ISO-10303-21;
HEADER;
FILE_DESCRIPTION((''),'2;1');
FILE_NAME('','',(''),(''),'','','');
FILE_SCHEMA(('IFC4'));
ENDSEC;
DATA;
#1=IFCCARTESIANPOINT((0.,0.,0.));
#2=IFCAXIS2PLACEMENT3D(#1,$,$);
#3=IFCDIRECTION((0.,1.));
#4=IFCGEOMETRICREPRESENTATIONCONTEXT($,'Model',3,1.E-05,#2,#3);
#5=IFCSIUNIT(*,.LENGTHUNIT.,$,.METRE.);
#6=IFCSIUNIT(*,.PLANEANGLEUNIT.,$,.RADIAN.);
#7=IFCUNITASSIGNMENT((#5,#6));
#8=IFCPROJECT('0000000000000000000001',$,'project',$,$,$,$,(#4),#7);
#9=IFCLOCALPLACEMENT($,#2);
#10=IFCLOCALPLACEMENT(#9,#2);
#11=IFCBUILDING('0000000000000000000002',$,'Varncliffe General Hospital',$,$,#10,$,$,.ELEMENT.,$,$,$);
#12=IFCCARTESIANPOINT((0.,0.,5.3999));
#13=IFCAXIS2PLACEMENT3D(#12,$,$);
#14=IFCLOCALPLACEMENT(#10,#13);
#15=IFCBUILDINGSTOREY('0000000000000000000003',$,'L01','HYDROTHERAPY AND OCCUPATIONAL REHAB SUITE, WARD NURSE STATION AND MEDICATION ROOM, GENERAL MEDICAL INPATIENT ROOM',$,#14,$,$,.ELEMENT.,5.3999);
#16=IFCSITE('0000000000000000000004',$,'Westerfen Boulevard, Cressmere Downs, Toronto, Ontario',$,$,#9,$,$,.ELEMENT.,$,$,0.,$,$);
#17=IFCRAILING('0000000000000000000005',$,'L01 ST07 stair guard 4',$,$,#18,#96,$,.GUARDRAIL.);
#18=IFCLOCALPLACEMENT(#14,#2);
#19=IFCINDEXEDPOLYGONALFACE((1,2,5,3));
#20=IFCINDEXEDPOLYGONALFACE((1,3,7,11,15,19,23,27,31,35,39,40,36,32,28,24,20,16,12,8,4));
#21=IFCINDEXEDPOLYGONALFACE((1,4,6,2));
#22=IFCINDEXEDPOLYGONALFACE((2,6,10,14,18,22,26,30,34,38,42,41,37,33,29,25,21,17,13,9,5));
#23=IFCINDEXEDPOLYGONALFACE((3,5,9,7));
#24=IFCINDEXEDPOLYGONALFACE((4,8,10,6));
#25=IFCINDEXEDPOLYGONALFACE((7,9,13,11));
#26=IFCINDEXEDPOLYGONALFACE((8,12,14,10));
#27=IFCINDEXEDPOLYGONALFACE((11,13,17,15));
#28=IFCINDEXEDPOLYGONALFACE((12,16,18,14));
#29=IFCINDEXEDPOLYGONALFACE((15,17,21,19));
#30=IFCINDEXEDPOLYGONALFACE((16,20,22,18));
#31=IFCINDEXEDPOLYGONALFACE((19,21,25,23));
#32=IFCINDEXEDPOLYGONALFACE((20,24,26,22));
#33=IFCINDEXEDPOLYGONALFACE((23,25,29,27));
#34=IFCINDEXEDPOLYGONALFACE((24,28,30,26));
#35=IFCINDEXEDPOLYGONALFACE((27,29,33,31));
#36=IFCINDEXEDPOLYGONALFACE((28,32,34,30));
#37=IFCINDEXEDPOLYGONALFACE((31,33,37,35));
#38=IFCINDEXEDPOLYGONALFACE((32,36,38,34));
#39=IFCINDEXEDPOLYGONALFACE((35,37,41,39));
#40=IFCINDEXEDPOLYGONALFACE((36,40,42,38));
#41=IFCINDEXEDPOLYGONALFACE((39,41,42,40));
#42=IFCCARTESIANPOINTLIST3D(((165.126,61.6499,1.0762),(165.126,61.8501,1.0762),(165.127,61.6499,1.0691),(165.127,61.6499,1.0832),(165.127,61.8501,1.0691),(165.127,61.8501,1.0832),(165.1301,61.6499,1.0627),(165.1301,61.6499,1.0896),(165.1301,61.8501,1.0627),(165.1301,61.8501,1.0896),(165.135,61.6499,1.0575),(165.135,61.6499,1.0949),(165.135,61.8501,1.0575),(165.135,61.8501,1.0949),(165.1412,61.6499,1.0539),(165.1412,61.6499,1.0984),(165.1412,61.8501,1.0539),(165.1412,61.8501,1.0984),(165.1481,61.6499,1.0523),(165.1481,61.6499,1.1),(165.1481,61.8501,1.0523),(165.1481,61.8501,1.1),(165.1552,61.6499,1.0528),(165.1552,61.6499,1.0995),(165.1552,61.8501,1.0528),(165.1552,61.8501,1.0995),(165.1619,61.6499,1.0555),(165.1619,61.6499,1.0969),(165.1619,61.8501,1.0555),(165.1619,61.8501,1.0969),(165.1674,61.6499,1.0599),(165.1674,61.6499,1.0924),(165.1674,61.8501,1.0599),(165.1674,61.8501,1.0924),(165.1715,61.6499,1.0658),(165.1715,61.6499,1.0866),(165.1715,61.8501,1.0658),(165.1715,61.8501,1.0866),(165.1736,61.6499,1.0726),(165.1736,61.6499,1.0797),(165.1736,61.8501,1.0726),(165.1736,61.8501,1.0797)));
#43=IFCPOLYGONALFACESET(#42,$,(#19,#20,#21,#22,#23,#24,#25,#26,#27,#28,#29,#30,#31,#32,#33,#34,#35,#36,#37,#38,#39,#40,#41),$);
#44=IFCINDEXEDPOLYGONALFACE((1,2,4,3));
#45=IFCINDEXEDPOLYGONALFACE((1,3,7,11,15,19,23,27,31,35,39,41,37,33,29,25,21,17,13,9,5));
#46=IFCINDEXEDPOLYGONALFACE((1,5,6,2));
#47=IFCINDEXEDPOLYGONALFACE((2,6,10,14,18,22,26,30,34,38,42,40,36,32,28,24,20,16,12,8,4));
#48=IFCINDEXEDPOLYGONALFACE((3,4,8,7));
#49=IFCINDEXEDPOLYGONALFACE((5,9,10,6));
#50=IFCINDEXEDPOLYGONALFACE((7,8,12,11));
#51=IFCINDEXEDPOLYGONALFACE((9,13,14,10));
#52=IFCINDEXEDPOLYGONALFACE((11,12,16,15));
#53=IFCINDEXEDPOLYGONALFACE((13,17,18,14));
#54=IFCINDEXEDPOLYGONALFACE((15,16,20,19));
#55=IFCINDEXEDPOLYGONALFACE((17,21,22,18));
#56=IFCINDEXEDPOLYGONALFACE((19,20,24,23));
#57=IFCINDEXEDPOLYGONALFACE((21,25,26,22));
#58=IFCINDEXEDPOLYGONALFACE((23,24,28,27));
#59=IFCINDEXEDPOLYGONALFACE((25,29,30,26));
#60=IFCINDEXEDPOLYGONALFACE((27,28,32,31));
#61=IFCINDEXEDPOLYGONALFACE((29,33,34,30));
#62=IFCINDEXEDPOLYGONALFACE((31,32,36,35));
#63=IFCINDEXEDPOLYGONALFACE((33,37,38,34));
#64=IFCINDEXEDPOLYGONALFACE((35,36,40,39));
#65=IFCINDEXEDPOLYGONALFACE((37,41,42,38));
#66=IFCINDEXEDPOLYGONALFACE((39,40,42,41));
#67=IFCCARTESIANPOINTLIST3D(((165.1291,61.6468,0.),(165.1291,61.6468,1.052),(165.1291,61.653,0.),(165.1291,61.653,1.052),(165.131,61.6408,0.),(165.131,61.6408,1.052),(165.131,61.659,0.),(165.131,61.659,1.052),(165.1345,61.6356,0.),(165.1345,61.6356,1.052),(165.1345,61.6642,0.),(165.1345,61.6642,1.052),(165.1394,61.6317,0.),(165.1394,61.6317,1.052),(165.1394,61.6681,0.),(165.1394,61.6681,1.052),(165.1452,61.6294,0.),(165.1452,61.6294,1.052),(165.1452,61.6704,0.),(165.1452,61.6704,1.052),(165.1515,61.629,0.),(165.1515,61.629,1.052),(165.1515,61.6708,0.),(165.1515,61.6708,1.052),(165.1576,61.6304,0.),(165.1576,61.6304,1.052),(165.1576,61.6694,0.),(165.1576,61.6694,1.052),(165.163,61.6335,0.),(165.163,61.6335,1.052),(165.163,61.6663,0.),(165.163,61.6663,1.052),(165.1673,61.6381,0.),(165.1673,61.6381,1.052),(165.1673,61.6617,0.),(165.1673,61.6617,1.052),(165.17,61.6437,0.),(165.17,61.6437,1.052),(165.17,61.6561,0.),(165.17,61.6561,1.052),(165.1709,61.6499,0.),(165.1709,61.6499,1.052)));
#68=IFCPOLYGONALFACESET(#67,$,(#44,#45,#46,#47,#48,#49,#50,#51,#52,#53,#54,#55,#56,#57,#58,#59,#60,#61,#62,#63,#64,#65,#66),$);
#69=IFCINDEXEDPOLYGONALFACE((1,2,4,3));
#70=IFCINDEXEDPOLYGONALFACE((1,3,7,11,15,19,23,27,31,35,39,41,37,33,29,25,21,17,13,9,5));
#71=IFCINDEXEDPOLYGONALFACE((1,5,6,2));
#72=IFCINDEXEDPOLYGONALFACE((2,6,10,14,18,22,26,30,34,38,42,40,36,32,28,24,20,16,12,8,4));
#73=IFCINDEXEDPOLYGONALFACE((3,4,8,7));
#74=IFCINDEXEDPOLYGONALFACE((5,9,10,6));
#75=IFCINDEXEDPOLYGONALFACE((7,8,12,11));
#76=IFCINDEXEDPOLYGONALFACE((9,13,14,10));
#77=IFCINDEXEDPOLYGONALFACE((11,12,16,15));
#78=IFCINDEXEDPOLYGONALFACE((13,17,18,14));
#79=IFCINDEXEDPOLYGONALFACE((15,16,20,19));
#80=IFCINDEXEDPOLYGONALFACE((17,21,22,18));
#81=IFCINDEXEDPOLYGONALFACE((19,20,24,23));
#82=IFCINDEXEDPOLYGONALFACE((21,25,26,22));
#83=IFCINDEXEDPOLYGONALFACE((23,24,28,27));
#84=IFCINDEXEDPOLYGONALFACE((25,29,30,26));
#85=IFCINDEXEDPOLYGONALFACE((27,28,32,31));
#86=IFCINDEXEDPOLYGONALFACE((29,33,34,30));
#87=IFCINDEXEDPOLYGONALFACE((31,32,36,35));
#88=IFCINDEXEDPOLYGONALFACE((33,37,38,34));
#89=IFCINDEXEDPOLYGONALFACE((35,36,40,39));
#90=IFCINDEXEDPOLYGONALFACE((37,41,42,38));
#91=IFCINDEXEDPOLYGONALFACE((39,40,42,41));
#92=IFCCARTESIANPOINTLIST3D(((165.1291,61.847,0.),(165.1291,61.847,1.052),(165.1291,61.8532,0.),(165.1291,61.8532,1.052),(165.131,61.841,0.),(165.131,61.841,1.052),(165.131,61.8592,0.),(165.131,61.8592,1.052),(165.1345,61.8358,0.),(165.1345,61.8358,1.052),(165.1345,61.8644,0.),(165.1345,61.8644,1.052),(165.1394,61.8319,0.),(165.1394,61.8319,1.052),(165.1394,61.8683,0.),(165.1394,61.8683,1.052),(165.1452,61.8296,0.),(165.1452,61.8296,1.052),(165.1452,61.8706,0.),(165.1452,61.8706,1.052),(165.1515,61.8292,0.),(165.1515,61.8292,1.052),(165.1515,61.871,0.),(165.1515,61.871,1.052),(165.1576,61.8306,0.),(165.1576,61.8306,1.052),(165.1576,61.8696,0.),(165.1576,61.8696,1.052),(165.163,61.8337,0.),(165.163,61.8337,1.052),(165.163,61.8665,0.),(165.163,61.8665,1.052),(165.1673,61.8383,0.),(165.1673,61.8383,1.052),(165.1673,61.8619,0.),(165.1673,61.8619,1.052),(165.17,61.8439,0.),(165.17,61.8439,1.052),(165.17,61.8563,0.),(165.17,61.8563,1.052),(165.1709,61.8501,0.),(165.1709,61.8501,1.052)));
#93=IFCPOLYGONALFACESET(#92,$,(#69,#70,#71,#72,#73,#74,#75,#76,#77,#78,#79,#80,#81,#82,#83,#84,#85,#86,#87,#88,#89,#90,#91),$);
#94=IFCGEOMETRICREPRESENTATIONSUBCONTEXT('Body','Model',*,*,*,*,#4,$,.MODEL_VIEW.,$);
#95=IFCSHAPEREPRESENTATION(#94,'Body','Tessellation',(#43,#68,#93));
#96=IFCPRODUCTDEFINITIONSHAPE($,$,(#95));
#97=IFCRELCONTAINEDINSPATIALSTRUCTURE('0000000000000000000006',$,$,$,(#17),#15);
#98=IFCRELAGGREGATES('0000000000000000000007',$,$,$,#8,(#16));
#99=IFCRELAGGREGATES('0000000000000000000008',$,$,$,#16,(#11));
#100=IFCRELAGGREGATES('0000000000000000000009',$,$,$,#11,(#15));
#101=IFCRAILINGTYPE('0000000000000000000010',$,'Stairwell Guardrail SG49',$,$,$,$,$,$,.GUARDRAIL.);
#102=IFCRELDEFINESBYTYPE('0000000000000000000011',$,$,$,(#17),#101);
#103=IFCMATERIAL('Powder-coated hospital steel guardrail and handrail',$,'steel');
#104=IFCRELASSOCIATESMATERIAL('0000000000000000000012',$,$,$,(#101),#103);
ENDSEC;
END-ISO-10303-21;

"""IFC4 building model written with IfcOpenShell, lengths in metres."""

from ifc_helpers import new_model, si_unit, direction, frame, origin, origin_2d, place, context, subcontext, project, spatial, circle, extrude, material, type_object, element, save


model = new_model("IFC4")

# Units and contexts
model_context = context("Model", 3, precision=1e-05, world=origin(), true_north=direction((0.0, 1.0)))
body_context = subcontext(model_context, "Body", "Model", "MODEL_VIEW")
ifc_project = project(units=[si_unit("LENGTHUNIT", "METRE"), si_unit("PLANEANGLEUNIT", "RADIAN")], contexts=[model_context])

# Site, building, storey
site_placement = place(None, origin())
site = spatial("IfcSite", under=ifc_project, at=site_placement, Name="Westerfen Boulevard, Cressmere Downs, Toronto, Ontario", CompositionType="ELEMENT", RefElevation=0.0)
building_placement = place(site_placement, origin())
building = spatial("IfcBuilding", under=site, at=building_placement, Name="Varncliffe General Hospital", CompositionType="ELEMENT")
storey_placement = place(building_placement, frame((0.0, 0.0, 5.3999)))
storey = spatial("IfcBuildingStorey", under=building, at=storey_placement, Name="L01", Description="HYDROTHERAPY AND OCCUPATIONAL REHAB SUITE, WARD NURSE STATION AND MEDICATION ROOM, GENERAL MEDICAL INPATIENT ROOM", CompositionType="ELEMENT", Elevation=5.3999)

# Railing
ifc_material_1 = material(Name="Powder-coated hospital steel guardrail and handrail", Category="steel")
railing_type_1 = type_object("IfcRailingType", Name="Stairwell Guardrail SG49", PredefinedType="GUARDRAIL", material=ifc_material_1)
railing_1_placement = place(storey_placement, frame((165.1499, 61.6499, 0.0)))
element("IfcRailing", 1, at=railing_1_placement, inside=storey, type_object=railing_type_1, Name="L01 ST07 stair guard 4", PredefinedType="GUARDRAIL", context=body_context, shape_type="SweptSolid", body=[
    extrude(circle(Radius=0.0239, at=origin_2d()), frame((0.0, 0.0, 1.0762), z_axis=(0.0, 1.0, 0.0), x_axis=(-1.0, 0.0, 0.0)), (0.0, 0.0, 1.0), 0.2002),
    extrude(circle(Radius=0.021, at=origin_2d()), origin(), (0.0, 0.0, 1.0), 1.052),
    extrude(circle(Radius=0.021, at=origin_2d()), frame((0.0, 0.2002, 0.0)), (0.0, 0.0, 1.0), 1.052),
])

save(model, "model.ifc")
